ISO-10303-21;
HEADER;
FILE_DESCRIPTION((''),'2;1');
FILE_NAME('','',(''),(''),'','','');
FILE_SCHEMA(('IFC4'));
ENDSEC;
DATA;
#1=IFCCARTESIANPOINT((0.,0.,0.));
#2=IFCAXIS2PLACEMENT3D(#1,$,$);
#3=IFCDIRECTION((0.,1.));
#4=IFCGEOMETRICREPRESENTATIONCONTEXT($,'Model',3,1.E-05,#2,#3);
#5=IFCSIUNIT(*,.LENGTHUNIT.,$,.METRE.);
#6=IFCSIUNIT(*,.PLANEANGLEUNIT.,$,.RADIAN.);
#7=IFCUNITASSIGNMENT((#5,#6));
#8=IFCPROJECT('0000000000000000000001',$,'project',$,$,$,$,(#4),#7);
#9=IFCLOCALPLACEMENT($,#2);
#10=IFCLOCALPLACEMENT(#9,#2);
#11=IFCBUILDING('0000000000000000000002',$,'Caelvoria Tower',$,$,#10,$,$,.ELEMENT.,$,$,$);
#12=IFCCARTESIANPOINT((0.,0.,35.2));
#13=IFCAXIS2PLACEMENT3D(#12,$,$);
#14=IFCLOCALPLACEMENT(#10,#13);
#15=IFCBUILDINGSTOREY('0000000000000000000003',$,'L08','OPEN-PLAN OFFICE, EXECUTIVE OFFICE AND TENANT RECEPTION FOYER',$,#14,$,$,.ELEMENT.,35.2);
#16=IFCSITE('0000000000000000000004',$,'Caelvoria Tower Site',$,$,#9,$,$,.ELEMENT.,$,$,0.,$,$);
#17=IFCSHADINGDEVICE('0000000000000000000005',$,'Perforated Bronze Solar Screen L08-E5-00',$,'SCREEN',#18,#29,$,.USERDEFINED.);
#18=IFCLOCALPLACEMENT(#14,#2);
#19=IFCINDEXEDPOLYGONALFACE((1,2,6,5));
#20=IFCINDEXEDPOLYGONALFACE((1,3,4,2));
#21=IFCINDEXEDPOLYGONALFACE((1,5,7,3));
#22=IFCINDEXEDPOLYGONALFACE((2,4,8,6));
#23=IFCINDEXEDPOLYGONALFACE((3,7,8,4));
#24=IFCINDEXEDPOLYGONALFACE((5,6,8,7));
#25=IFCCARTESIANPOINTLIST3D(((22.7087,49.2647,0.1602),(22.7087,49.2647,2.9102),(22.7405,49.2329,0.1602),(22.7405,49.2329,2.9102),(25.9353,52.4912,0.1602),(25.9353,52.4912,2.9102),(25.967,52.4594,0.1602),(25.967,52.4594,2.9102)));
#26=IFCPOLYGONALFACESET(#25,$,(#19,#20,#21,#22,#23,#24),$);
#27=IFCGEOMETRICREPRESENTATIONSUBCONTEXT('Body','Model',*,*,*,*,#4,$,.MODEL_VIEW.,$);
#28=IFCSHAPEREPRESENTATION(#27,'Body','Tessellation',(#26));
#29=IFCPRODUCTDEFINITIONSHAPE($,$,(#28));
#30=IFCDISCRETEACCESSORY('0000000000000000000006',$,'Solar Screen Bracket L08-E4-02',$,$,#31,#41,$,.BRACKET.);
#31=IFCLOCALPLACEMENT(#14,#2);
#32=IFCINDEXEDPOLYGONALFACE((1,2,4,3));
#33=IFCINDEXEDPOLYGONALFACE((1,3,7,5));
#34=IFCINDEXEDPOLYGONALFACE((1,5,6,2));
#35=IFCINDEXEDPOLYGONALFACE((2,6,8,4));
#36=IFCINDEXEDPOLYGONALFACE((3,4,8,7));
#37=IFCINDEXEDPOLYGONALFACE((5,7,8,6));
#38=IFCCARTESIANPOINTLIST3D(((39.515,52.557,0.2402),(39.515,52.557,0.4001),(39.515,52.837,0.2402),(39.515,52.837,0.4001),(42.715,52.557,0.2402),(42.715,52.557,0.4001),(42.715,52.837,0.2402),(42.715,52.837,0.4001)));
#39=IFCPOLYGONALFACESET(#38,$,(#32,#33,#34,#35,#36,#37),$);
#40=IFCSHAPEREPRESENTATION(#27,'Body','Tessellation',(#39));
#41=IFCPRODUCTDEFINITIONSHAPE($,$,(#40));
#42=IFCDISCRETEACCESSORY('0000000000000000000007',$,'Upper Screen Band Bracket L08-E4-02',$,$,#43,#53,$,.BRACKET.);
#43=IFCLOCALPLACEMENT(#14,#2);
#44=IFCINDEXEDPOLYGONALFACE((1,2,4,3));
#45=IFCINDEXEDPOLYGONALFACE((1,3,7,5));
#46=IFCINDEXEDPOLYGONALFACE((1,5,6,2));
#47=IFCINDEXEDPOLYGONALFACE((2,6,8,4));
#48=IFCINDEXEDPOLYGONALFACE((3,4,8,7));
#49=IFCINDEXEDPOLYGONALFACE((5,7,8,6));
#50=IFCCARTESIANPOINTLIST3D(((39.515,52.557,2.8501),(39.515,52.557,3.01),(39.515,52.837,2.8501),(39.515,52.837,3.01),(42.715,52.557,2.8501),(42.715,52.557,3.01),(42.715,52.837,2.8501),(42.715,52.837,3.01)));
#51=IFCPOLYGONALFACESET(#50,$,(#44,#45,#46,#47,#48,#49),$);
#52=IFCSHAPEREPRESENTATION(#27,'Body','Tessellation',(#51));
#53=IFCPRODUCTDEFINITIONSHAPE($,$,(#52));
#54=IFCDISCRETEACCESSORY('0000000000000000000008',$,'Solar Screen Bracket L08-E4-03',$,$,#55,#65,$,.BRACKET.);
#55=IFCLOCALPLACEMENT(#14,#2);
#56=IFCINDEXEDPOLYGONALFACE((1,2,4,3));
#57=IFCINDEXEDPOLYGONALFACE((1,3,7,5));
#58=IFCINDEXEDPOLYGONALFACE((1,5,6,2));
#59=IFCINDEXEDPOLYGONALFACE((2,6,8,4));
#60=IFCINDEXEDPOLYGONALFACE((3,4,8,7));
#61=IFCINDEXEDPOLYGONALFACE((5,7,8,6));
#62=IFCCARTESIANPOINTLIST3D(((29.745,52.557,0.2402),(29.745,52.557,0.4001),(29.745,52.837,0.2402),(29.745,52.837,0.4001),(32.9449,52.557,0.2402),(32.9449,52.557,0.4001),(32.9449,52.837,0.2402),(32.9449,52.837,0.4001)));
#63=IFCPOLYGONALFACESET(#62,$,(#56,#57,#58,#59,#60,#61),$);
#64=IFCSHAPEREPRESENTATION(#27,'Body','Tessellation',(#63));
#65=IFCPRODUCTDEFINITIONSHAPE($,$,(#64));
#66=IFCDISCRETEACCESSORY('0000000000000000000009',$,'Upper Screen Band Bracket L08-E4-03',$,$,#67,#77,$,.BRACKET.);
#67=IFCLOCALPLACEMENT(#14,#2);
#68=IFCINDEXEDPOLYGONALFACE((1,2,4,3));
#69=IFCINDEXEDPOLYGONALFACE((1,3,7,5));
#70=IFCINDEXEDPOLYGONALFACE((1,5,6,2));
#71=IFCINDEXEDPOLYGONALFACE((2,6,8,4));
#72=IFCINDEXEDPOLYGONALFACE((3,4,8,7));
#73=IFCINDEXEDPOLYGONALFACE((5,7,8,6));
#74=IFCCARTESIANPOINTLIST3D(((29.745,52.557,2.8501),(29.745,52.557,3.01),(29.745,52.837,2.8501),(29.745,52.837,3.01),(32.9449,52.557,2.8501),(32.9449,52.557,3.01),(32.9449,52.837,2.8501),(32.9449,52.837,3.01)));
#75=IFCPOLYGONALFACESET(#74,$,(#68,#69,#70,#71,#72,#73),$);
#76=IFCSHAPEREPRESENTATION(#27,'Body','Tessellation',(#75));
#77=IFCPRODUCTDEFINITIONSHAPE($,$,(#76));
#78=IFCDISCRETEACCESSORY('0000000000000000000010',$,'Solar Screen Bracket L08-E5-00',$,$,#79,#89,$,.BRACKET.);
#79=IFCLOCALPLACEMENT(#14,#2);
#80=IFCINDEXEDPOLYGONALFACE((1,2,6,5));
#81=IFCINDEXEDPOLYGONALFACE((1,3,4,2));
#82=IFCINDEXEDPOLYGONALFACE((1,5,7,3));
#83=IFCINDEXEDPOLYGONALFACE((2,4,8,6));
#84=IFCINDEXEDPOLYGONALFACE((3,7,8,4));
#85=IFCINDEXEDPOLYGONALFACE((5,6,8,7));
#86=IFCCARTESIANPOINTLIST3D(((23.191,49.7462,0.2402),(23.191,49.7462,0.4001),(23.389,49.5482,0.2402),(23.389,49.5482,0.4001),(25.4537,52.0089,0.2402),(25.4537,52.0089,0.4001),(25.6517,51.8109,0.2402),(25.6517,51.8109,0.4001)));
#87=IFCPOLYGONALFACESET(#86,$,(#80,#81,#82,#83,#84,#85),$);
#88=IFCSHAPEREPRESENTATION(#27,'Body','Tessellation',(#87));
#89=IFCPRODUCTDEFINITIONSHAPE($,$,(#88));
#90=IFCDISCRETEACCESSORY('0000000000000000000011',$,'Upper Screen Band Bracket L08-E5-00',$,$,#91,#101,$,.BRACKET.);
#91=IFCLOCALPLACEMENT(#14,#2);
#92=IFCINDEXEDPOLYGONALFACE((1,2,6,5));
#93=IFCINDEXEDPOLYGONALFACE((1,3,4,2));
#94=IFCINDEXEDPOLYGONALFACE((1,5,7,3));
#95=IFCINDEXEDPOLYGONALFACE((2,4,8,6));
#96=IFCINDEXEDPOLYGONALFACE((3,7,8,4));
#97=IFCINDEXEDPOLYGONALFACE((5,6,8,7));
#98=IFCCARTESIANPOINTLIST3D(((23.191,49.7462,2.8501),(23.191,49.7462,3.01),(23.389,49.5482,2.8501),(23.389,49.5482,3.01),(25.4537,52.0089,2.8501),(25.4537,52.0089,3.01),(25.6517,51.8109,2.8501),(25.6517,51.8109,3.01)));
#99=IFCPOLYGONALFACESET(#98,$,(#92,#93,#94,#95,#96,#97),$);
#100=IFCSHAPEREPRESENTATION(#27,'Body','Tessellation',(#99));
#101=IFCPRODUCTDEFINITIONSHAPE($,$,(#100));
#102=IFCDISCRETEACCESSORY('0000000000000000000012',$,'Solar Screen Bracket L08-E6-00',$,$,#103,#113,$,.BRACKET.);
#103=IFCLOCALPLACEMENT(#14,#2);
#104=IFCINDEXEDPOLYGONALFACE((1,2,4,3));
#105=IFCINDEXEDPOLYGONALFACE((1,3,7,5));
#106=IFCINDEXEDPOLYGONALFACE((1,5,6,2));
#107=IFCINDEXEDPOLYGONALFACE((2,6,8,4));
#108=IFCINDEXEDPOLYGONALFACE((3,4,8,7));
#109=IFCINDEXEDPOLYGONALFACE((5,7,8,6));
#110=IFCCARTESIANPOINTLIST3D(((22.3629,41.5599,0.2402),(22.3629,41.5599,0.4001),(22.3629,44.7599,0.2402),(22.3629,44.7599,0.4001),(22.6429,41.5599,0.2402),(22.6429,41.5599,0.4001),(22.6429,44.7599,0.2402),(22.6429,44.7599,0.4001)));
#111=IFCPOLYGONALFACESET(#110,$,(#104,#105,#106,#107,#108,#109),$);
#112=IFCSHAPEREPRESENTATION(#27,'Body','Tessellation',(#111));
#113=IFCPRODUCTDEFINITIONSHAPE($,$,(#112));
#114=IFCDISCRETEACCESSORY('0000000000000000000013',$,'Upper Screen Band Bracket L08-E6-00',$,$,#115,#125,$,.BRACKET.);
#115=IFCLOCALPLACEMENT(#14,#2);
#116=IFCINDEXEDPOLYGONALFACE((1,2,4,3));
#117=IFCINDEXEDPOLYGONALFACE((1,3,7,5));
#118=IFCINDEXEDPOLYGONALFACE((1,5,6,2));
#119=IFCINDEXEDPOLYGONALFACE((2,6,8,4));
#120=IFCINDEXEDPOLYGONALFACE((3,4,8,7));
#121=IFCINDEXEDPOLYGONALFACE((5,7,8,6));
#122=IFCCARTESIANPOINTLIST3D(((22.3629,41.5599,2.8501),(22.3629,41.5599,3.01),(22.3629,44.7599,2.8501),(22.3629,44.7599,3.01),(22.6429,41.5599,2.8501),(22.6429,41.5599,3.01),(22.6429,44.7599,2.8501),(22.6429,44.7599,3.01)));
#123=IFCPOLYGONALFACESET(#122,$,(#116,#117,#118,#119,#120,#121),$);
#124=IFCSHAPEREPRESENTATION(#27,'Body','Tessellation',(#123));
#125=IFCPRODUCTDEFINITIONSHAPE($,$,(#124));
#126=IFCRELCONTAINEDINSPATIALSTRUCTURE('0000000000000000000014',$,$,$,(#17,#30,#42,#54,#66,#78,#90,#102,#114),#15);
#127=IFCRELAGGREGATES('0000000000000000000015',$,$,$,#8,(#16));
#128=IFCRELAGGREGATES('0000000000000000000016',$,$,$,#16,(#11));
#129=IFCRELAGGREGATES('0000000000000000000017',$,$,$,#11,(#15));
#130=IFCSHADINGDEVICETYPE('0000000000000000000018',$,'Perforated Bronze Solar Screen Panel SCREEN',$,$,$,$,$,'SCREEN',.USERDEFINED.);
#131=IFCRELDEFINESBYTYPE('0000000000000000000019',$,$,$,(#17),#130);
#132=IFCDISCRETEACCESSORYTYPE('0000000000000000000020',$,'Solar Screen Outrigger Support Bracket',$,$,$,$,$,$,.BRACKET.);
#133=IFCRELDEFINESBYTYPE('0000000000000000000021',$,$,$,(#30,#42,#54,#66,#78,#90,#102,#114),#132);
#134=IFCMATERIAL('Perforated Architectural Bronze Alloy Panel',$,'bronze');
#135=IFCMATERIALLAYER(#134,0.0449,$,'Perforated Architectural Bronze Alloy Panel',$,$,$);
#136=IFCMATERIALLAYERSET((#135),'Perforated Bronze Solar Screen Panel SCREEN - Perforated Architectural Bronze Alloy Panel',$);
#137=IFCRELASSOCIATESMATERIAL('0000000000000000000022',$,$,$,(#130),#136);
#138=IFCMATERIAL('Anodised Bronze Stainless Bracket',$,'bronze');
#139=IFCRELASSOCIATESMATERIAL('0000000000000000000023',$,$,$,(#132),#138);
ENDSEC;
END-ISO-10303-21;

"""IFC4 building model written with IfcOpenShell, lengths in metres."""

from ifc_helpers import new_model, si_unit, direction, frame, origin, origin_2d, place, context, subcontext, project, spatial, rectangle, extrude, material, layer, layer_set, type_object, element, save


model = new_model("IFC4")

# Units and contexts
model_context = context("Model", 3, precision=1e-05, world=origin(), true_north=direction((0.0, 1.0)))
body_context = subcontext(model_context, "Body", "Model", "MODEL_VIEW")
ifc_project = project(units=[si_unit("LENGTHUNIT", "METRE"), si_unit("PLANEANGLEUNIT", "RADIAN")], contexts=[model_context])

# Site, building, storey
site_placement = place(None, origin())
site = spatial("IfcSite", under=ifc_project, at=site_placement, Name="Caelvoria Tower Site", CompositionType="ELEMENT", RefElevation=0.0)
building_placement = place(site_placement, origin())
building = spatial("IfcBuilding", under=site, at=building_placement, Name="Caelvoria Tower", CompositionType="ELEMENT")
storey_placement = place(building_placement, frame((0.0, 0.0, 35.2)))
storey = spatial("IfcBuildingStorey", under=building, at=storey_placement, Name="L08", Description="OPEN-PLAN OFFICE, EXECUTIVE OFFICE AND TENANT RECEPTION FOYER", CompositionType="ELEMENT", Elevation=35.2)

# Shading device
ifc_material_1 = material(Name="Perforated Architectural Bronze Alloy Panel", Category="bronze")
ifc_layer_1 = layer(ifc_material_1, 0.0449, Name="Perforated Architectural Bronze Alloy Panel")
ifc_layer_set_1 = layer_set([ifc_layer_1], Name="Perforated Bronze Solar Screen Panel SCREEN - Perforated Architectural Bronze Alloy Panel")
shading_device_type = type_object("IfcShadingDeviceType", Name="Perforated Bronze Solar Screen Panel SCREEN", ElementType="SCREEN", PredefinedType="USERDEFINED", material=ifc_layer_set_1)
shading_device_placement = place(storey_placement, frame((24.3379, 50.8621, 0.1602), z_axis=(0.0, 0.0, 1.0), x_axis=(-0.707107, -0.707107, 0.0)))
element("IfcShadingDevice", 1, at=shading_device_placement, inside=storey, type_object=shading_device_type, Name="Perforated Bronze Solar Screen L08-E5-00", ObjectType="SCREEN", PredefinedType="USERDEFINED", context=body_context, shape_type="SweptSolid", body=[
    extrude(rectangle(XDim=4.563, YDim=0.0449, at=origin_2d()), origin(), (0.0, 0.0, 1.0), 2.75),
])

# Discrete accessories
ifc_material_2 = material(Name="Anodised Bronze Stainless Bracket", Category="bronze")
discrete_accessory_type = type_object("IfcDiscreteAccessoryType", Name="Solar Screen Outrigger Support Bracket", PredefinedType="BRACKET", material=ifc_material_2)
for number, where, z_axis, x_axis, name in (
    (2, (41.115, 52.697, 0.2402), (0.0, 0.0, 1.0), (-1.0, 0.0, 0.0), "Solar Screen Bracket L08-E4-02"),
    (3, (41.115, 52.697, 2.8501), (0.0, 0.0, 1.0), (-1.0, 0.0, 0.0), "Upper Screen Band Bracket L08-E4-02"),
    (4, (31.345, 52.697, 0.2402), (0.0, 0.0, 1.0), (-1.0, 0.0, 0.0), "Solar Screen Bracket L08-E4-03"),
    (5, (31.345, 52.697, 2.8501), (0.0, 0.0, 1.0), (-1.0, 0.0, 0.0), "Upper Screen Band Bracket L08-E4-03"),
    (6, (24.4214, 50.7786, 0.2402), (0.0, 0.0, 1.0), (-0.707107, -0.707107, 0.0), "Solar Screen Bracket L08-E5-00"),
    (7, (24.4214, 50.7786, 2.8501), (0.0, 0.0, 1.0), (-0.707107, -0.707107, 0.0), "Upper Screen Band Bracket L08-E5-00"),
    (8, (22.5029, 43.1599, 0.2402), (0.0, 0.0, 1.0), (0.0, -1.0, 0.0), "Solar Screen Bracket L08-E6-00"),
    (9, (22.5029, 43.1599, 2.8501), (0.0, 0.0, 1.0), (0.0, -1.0, 0.0), "Upper Screen Band Bracket L08-E6-00"),
):
    element("IfcDiscreteAccessory", number, at=place(storey_placement, frame(where, z_axis=z_axis, x_axis=x_axis)), inside=storey, type_object=discrete_accessory_type, Name=name, PredefinedType="BRACKET", context=body_context, shape_type="SweptSolid", body=[
        extrude(rectangle(XDim=3.2, YDim=0.28, at=origin_2d()), origin(), (0.0, 0.0, 1.0), 0.1599),
    ])

save(model, "model.ifc")
